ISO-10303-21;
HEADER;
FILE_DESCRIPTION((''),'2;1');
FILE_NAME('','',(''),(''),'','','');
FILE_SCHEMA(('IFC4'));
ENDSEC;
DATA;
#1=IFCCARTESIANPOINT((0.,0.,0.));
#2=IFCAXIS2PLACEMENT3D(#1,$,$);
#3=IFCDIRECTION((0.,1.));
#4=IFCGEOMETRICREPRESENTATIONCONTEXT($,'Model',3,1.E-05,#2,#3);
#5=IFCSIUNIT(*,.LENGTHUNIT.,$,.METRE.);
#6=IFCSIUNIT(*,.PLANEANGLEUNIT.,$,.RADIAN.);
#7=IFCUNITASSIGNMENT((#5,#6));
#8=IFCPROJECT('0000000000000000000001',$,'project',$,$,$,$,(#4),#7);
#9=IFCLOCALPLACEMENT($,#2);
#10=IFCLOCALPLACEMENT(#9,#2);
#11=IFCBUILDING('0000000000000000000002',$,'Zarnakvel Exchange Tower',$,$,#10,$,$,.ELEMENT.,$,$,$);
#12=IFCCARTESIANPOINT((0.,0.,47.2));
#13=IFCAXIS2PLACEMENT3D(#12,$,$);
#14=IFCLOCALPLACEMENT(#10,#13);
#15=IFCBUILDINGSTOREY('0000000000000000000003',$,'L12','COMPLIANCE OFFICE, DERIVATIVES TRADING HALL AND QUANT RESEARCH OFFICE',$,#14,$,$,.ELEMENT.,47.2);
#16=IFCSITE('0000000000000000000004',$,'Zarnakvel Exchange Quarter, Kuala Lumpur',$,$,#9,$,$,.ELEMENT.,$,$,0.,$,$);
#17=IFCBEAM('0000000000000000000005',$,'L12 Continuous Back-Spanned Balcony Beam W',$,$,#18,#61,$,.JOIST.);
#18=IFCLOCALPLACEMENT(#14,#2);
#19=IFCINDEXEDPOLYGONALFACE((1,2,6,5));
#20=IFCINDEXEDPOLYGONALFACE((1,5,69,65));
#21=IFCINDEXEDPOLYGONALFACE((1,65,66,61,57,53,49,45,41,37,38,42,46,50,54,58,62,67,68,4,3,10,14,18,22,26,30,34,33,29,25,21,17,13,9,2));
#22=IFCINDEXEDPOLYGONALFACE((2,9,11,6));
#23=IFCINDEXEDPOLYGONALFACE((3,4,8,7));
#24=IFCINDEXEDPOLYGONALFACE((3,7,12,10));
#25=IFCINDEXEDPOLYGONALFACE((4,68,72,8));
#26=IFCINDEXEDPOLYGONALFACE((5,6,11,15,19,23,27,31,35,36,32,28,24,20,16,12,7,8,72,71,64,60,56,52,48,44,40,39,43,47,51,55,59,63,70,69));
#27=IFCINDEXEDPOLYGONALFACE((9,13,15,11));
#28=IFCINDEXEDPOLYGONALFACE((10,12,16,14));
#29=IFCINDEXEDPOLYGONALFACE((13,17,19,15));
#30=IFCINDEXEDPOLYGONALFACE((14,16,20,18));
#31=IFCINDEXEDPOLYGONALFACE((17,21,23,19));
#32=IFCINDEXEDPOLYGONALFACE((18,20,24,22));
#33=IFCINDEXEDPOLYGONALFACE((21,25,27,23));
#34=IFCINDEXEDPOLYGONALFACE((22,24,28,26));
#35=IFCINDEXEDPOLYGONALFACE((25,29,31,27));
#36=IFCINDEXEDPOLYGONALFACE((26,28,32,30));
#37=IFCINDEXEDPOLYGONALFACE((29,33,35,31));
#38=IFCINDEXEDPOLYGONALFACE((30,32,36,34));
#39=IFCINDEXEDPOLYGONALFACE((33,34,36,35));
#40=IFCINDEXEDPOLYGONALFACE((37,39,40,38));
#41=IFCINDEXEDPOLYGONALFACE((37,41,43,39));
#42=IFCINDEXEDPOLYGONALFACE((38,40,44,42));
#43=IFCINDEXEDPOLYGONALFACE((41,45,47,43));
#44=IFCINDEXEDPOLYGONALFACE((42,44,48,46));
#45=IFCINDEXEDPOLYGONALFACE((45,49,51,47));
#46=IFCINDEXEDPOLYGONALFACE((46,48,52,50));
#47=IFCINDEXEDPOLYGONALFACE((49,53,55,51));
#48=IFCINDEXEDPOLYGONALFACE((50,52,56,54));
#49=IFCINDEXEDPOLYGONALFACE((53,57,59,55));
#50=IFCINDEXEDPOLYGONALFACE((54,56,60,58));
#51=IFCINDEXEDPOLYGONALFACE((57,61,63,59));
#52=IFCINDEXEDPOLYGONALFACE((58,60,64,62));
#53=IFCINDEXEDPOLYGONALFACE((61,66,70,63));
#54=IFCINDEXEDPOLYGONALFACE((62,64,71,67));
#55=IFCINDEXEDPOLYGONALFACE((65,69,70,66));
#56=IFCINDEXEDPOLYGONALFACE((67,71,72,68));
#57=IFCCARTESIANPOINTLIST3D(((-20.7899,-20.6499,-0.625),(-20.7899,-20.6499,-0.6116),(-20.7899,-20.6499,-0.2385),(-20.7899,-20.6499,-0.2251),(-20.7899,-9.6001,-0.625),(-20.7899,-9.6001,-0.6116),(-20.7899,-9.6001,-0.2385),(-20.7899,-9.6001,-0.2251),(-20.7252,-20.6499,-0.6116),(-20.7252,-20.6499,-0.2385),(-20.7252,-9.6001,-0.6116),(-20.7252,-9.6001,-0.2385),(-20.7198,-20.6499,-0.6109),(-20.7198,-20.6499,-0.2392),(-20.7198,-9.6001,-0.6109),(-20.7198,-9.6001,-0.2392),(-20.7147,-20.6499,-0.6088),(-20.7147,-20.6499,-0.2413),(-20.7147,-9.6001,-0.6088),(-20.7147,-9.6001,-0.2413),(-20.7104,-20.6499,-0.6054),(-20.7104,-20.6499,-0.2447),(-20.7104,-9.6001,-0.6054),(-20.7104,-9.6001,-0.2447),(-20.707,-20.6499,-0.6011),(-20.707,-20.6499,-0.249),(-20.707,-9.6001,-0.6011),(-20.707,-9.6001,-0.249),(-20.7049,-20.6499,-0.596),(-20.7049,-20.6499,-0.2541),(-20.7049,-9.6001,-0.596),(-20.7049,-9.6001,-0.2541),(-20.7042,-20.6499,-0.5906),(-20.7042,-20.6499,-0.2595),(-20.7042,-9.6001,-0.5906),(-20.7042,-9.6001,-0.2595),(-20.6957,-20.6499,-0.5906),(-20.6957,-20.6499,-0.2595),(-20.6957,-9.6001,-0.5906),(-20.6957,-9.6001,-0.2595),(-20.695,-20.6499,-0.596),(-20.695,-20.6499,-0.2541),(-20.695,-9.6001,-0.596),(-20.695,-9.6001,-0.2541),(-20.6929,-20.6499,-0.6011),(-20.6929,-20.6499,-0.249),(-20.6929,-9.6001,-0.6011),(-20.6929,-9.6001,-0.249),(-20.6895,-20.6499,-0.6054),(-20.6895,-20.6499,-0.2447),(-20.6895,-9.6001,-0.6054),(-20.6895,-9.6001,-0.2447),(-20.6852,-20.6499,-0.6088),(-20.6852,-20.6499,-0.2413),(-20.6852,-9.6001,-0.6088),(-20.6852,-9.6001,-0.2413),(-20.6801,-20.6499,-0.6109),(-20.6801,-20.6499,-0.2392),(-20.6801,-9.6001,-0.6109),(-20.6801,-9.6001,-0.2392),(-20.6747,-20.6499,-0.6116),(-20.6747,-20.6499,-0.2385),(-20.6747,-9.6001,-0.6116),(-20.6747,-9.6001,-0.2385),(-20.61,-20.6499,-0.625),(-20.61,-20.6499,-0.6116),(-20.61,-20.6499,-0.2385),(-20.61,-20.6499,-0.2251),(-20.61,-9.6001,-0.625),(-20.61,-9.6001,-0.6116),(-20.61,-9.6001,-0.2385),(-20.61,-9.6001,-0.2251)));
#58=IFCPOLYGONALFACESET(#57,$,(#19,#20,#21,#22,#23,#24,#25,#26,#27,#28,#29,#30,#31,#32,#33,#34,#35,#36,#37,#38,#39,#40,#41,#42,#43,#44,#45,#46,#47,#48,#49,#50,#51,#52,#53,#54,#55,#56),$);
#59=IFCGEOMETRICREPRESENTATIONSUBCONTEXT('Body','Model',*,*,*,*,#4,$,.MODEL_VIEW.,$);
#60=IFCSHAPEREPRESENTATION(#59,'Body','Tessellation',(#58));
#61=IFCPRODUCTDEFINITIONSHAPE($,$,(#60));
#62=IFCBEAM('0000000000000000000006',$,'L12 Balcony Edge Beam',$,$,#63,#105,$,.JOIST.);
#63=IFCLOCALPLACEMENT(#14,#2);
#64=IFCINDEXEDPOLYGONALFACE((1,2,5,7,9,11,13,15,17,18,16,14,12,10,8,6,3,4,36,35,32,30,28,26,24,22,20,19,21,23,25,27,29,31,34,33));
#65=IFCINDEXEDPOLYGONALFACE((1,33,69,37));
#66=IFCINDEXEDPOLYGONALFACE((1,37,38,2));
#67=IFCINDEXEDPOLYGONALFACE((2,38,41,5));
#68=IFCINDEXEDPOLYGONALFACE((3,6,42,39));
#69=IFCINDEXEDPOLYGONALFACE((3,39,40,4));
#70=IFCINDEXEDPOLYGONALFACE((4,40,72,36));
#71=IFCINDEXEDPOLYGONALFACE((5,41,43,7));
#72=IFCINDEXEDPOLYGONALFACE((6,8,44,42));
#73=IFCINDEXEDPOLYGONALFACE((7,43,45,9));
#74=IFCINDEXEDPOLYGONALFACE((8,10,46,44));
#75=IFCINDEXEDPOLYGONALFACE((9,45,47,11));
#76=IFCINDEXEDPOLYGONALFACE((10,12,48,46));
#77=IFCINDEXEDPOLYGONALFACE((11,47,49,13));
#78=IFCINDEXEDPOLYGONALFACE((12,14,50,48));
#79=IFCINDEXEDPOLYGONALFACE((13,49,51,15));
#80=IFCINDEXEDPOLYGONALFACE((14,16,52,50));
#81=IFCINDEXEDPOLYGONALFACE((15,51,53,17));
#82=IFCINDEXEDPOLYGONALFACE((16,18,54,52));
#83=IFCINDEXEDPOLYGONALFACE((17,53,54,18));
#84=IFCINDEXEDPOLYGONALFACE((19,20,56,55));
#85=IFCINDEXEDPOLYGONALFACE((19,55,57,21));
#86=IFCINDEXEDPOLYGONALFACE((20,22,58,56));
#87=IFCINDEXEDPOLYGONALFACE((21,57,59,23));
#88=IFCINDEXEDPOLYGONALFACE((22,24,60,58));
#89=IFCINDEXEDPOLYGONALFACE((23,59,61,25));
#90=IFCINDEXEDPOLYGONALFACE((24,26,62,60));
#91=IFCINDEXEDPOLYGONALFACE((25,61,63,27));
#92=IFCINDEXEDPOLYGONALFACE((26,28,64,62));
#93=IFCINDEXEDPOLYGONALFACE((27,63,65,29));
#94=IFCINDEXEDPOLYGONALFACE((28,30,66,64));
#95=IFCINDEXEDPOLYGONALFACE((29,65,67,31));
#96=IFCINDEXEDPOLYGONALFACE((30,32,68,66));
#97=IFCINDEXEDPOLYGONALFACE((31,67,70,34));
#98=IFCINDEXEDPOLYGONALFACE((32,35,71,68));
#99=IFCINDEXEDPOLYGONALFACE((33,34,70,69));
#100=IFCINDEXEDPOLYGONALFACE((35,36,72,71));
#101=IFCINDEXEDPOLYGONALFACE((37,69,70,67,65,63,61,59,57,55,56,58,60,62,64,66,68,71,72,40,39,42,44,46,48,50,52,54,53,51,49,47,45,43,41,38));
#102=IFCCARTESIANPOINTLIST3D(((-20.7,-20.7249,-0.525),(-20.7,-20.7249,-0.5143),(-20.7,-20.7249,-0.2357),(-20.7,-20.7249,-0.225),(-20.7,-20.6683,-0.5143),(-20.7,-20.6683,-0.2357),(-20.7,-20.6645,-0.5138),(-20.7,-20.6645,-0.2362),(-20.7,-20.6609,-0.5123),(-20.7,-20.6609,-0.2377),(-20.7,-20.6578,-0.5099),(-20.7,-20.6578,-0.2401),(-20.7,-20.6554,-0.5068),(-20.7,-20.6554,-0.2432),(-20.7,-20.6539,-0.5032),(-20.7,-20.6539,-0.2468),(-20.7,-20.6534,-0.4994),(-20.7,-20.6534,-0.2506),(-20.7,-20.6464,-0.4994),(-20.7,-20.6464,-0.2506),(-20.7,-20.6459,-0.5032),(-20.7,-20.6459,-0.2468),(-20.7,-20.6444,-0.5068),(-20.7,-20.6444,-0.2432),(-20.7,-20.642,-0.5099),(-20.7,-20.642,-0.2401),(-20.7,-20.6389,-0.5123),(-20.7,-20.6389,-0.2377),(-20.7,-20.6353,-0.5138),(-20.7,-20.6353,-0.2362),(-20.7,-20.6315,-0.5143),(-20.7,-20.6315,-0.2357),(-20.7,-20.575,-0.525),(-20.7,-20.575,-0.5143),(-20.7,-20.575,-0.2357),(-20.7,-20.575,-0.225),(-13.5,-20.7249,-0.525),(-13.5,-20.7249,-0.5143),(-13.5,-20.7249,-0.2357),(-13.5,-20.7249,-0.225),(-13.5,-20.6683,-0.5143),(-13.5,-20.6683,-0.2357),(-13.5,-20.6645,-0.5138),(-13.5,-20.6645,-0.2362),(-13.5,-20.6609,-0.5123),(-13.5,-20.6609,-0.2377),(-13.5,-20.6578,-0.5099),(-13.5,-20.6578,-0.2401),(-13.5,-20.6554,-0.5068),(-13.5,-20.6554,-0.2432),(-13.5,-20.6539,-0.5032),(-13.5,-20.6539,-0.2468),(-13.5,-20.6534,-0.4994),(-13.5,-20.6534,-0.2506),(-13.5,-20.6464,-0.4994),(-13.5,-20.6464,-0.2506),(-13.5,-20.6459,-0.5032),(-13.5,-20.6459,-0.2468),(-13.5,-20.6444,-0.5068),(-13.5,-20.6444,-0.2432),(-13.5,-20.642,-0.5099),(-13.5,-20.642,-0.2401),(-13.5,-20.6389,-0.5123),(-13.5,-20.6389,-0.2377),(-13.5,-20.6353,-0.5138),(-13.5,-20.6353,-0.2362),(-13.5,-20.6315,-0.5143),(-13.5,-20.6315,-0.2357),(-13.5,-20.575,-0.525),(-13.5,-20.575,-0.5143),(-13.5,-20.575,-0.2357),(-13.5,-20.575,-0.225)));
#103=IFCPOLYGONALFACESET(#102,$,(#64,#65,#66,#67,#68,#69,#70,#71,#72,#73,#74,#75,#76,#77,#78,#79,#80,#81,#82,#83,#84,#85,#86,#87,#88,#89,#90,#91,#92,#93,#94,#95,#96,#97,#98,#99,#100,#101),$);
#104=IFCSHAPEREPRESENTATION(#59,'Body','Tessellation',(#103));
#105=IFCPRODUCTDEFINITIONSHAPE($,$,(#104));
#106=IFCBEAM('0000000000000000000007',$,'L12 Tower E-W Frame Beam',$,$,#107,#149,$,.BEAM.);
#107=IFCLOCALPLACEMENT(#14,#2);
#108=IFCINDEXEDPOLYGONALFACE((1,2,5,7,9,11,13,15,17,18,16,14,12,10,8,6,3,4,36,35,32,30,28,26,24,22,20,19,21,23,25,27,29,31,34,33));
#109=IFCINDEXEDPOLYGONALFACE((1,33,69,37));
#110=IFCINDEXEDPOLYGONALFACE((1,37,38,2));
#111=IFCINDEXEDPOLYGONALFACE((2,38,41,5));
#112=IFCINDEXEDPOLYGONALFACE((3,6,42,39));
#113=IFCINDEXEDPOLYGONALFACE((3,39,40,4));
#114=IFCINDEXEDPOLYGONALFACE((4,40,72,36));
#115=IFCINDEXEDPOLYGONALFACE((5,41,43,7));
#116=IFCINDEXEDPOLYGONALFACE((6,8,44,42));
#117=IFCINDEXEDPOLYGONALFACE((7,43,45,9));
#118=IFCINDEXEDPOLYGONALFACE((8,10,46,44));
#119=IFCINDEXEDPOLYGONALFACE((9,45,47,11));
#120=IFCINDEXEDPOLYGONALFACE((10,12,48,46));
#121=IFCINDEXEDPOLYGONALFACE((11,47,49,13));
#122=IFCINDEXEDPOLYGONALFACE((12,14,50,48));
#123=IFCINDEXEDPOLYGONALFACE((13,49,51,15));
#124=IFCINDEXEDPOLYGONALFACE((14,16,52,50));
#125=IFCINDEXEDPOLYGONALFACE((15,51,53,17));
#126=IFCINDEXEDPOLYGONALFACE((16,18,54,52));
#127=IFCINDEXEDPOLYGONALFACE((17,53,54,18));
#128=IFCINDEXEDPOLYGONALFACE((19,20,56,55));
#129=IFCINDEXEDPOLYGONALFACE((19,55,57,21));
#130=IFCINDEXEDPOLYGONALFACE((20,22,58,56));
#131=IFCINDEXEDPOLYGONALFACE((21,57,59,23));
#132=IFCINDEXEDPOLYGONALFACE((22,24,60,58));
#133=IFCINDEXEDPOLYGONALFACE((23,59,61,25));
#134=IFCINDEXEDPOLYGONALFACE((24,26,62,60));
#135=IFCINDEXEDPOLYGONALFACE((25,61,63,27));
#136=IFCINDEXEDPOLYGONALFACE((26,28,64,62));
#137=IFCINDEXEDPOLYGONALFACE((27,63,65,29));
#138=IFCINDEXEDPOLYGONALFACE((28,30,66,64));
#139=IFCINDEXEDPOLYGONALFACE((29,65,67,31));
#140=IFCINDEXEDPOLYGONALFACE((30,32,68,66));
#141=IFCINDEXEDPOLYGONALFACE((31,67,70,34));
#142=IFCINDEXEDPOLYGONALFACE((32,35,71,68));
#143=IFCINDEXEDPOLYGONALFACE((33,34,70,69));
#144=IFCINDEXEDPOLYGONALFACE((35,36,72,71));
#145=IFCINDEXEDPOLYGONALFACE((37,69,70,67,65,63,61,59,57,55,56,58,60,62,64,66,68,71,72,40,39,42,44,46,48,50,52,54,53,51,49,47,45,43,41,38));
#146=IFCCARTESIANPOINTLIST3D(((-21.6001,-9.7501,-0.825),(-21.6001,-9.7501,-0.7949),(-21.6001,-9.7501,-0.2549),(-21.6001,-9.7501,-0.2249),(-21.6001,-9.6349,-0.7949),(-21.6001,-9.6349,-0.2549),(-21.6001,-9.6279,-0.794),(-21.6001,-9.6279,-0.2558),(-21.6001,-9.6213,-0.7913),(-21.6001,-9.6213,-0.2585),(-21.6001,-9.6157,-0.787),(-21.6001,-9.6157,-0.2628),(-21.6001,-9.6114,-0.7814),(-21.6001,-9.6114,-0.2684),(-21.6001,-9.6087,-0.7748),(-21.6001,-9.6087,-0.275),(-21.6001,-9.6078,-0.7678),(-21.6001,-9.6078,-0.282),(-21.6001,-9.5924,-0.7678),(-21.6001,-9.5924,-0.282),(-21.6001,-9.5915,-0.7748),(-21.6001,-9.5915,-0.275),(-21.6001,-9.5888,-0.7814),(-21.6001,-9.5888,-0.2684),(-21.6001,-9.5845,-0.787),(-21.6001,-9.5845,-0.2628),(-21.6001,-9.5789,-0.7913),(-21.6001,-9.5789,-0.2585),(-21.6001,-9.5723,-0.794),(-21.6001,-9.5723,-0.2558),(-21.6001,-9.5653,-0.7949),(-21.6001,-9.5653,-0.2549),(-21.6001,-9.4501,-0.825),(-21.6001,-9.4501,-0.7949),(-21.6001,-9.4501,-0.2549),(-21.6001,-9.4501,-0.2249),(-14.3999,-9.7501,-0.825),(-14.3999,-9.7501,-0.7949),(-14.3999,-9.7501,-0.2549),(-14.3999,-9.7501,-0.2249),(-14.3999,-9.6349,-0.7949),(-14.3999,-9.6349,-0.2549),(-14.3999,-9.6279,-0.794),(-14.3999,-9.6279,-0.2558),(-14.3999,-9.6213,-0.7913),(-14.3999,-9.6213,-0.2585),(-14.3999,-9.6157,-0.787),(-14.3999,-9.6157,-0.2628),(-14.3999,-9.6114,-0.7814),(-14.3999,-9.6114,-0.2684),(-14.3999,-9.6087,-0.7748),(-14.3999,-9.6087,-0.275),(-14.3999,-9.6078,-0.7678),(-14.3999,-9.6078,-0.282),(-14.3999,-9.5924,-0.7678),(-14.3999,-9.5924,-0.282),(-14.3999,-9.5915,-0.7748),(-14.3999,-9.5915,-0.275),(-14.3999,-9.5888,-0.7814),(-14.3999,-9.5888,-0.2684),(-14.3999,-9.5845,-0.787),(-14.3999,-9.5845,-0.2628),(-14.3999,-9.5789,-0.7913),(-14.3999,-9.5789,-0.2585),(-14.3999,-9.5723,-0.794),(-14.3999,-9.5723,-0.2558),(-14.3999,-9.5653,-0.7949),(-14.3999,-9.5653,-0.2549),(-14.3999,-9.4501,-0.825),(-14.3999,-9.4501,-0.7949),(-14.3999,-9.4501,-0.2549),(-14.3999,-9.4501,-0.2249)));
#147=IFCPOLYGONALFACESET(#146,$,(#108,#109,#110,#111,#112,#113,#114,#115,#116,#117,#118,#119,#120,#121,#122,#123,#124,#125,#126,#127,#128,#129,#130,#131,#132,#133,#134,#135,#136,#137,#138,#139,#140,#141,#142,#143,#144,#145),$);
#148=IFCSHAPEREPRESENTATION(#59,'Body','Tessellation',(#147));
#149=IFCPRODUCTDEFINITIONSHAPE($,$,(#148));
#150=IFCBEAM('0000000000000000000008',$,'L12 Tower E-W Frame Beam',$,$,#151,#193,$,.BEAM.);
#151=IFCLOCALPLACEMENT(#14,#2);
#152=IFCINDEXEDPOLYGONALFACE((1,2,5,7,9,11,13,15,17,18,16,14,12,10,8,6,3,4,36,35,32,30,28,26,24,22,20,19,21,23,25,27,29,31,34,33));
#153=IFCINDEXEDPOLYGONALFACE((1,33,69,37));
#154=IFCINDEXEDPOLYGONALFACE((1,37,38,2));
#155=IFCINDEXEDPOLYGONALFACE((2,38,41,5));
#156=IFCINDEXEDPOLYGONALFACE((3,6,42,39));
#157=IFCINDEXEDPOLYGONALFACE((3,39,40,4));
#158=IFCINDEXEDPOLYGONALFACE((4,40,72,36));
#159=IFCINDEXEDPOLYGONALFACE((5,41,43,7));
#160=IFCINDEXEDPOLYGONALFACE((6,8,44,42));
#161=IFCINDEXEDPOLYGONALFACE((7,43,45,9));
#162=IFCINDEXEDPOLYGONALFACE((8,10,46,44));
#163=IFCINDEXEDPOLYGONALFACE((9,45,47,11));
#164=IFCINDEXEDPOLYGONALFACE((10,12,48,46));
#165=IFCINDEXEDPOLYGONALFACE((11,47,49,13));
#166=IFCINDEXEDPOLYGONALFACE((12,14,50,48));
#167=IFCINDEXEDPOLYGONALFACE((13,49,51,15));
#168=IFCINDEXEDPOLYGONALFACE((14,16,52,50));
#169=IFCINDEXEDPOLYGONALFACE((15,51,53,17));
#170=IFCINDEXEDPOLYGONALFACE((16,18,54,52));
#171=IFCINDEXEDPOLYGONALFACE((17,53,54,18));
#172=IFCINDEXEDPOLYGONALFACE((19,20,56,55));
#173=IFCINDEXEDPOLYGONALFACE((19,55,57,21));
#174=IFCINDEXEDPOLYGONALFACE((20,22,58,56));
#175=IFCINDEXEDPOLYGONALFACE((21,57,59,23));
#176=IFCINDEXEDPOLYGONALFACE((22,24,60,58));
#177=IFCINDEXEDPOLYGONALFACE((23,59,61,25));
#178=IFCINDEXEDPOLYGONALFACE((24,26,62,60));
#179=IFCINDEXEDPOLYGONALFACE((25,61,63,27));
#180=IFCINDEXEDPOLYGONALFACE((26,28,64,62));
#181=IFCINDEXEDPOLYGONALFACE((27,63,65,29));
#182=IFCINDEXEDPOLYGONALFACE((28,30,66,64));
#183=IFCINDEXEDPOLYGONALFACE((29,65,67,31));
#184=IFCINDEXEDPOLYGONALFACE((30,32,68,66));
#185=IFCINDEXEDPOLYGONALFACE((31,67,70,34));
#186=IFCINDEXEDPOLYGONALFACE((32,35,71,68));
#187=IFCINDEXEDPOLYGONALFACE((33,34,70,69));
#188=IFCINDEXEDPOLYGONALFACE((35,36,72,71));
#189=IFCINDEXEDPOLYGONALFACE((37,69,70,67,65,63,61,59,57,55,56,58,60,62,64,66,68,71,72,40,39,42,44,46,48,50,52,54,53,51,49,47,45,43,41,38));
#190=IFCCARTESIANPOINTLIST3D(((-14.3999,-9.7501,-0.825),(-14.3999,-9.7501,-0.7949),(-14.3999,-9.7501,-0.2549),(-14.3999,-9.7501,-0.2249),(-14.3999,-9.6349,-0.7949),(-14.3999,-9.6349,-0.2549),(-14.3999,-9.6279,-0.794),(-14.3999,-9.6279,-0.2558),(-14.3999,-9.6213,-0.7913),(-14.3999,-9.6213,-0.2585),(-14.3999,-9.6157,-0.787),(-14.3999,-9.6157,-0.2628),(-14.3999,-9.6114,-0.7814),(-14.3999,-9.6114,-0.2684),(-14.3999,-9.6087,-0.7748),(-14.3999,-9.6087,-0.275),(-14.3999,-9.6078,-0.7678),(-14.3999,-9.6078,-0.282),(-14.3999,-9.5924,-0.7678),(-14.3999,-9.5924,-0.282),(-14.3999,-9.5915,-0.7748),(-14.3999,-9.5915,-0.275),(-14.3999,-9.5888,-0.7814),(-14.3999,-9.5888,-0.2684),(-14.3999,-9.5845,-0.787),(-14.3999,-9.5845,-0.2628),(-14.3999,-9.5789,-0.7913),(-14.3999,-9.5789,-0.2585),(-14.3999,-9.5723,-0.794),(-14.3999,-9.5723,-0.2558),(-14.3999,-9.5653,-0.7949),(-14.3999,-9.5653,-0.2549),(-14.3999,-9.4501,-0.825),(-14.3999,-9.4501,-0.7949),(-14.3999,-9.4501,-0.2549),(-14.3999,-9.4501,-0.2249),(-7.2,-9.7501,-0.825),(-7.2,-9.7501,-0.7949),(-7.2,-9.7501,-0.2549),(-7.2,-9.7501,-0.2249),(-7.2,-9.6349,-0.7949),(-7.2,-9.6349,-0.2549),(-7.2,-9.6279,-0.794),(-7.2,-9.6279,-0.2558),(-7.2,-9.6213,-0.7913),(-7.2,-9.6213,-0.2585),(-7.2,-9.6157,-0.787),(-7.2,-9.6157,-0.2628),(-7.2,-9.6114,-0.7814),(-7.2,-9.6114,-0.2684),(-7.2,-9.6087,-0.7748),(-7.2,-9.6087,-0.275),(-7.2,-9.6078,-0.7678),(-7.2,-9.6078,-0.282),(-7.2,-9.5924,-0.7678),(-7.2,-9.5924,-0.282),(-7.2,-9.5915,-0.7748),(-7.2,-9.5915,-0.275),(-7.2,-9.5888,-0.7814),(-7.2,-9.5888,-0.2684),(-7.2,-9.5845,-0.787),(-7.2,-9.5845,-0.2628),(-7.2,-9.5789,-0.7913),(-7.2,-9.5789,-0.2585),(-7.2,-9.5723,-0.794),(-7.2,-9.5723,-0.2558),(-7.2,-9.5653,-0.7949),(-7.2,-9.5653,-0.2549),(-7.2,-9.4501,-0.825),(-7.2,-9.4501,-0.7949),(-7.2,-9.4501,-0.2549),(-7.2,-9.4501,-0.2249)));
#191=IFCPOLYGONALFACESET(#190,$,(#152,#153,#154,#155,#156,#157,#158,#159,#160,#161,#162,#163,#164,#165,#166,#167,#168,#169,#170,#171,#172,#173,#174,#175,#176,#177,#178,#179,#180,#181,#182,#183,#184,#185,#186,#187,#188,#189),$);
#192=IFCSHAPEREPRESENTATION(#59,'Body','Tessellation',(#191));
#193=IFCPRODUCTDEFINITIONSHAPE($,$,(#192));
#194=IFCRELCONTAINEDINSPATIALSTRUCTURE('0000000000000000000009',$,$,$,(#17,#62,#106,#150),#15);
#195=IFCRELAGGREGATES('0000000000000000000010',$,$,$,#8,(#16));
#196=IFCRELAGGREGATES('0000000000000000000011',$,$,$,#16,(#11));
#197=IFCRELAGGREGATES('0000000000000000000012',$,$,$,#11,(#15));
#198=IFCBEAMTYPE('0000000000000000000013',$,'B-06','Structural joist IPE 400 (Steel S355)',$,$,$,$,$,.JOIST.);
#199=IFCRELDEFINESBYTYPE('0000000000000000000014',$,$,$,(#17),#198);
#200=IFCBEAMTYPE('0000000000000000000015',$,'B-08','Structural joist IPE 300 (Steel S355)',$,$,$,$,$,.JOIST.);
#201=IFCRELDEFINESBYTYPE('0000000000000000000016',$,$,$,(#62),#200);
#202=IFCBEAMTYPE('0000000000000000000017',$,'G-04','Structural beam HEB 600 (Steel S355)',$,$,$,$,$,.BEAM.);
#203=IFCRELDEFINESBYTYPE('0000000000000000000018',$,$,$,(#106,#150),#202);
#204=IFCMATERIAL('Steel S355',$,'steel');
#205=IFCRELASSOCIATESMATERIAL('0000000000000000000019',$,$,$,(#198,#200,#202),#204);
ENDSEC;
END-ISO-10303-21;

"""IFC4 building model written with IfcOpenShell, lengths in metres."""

from ifc_helpers import new_model, si_unit, direction, frame, origin, origin_2d, place, context, subcontext, project, spatial, i_section, extrude, material, material_profile, profile_set, type_object, element, save


model = new_model("IFC4")

# Units and contexts
model_context = context("Model", 3, precision=1e-05, world=origin(), true_north=direction((0.0, 1.0)))
body_context = subcontext(model_context, "Body", "Model", "MODEL_VIEW")
ifc_project = project(units=[si_unit("LENGTHUNIT", "METRE"), si_unit("PLANEANGLEUNIT", "RADIAN")], contexts=[model_context])

# Site, building, storey
site_placement = place(None, origin())
site = spatial("IfcSite", under=ifc_project, at=site_placement, Name="Zarnakvel Exchange Quarter, Kuala Lumpur", CompositionType="ELEMENT", RefElevation=0.0)
building_placement = place(site_placement, origin())
building = spatial("IfcBuilding", under=site, at=building_placement, Name="Zarnakvel Exchange Tower", CompositionType="ELEMENT")
storey_placement = place(building_placement, frame((0.0, 0.0, 47.2)))
storey = spatial("IfcBuildingStorey", under=building, at=storey_placement, Name="L12", Description="COMPLIANCE OFFICE, DERIVATIVES TRADING HALL AND QUANT RESEARCH OFFICE", CompositionType="ELEMENT", Elevation=47.2)

# Beams
ifc_material_1 = material(Name="Steel S355", Category="steel")
ifc_material_profile_1 = material_profile(ifc_material_1, i_section(OverallWidth=0.1799, OverallDepth=0.3999, WebThickness=0.0085, FlangeThickness=0.0134, FilletRadius=0.021, at=origin_2d()))
ifc_profile_set_1 = profile_set([ifc_material_profile_1], Name="Steel S355")
beam_type_1 = type_object("IfcBeamType", Name="B-06", Description="Structural joist IPE 400 (Steel S355)", PredefinedType="JOIST", material=ifc_profile_set_1)
beam_1_placement = place(storey_placement, frame((-20.7, -9.6001, -0.425), z_axis=(0.0, -1.0, 0.0), x_axis=(1.0, 0.0, 0.0)))
element("IfcBeam", 1, at=beam_1_placement, inside=storey, type_object=beam_type_1, Name="L12 Continuous Back-Spanned Balcony Beam W", PredefinedType="JOIST", context=body_context, shape_type="SweptSolid", body=[
    extrude(i_section(OverallWidth=0.1799, OverallDepth=0.3999, WebThickness=0.0085, FlangeThickness=0.0134, FilletRadius=0.021, at=origin_2d()), origin(), (0.0, 0.0, 1.0), 11.0498),
])
ifc_material_profile_2 = material_profile(ifc_material_1, i_section(OverallWidth=0.1499, OverallDepth=0.3, WebThickness=0.0071, FlangeThickness=0.0107, FilletRadius=0.0149, at=origin_2d()))
ifc_profile_set_2 = profile_set([ifc_material_profile_2], Name="Steel S355")
beam_type_2 = type_object("IfcBeamType", Name="B-08", Description="Structural joist IPE 300 (Steel S355)", PredefinedType="JOIST", material=ifc_profile_set_2)
beam_2_placement = place(storey_placement, frame((-20.7, -20.6499, -0.375), z_axis=(1.0, 0.0, 0.0), x_axis=(0.0, 1.0, 0.0)))
element("IfcBeam", 2, at=beam_2_placement, inside=storey, type_object=beam_type_2, Name="L12 Balcony Edge Beam", PredefinedType="JOIST", context=body_context, shape_type="SweptSolid", body=[
    extrude(i_section(OverallWidth=0.1499, OverallDepth=0.3, WebThickness=0.0071, FlangeThickness=0.0107, FilletRadius=0.0149, at=origin_2d()), origin(), (0.0, 0.0, 1.0), 7.2),
])
ifc_material_profile_3 = material_profile(ifc_material_1, i_section(OverallWidth=0.3, OverallDepth=0.6001, WebThickness=0.0154, FlangeThickness=0.03, FilletRadius=0.0271, at=origin_2d()))
ifc_profile_set_3 = profile_set([ifc_material_profile_3], Name="Steel S355")
beam_type_3 = type_object("IfcBeamType", Name="G-04", Description="Structural beam HEB 600 (Steel S355)", PredefinedType="BEAM", material=ifc_profile_set_3)
beam_3_placement = place(storey_placement, frame((-21.6001, -9.6001, -0.5249), z_axis=(1.0, 0.0, 0.0), x_axis=(0.0, 1.0, 0.0)))
element("IfcBeam", 3, at=beam_3_placement, inside=storey, type_object=beam_type_3, Name="L12 Tower E-W Frame Beam", PredefinedType="BEAM", context=body_context, shape_type="SweptSolid", body=[
    extrude(i_section(OverallWidth=0.3, OverallDepth=0.6001, WebThickness=0.0154, FlangeThickness=0.03, FilletRadius=0.0271, at=origin_2d()), origin(), (0.0, 0.0, 1.0), 7.2002),
])
beam_4_placement = place(storey_placement, frame((-14.3999, -9.6001, -0.5249), z_axis=(1.0, 0.0, 0.0), x_axis=(0.0, 1.0, 0.0)))
element("IfcBeam", 4, at=beam_4_placement, inside=storey, type_object=beam_type_3, Name="L12 Tower E-W Frame Beam", PredefinedType="BEAM", context=body_context, shape_type="SweptSolid", body=[
    extrude(i_section(OverallWidth=0.3, OverallDepth=0.6001, WebThickness=0.0154, FlangeThickness=0.03, FilletRadius=0.0271, at=origin_2d()), origin(), (0.0, 0.0, 1.0), 7.2),
])

save(model, "model.ifc")
